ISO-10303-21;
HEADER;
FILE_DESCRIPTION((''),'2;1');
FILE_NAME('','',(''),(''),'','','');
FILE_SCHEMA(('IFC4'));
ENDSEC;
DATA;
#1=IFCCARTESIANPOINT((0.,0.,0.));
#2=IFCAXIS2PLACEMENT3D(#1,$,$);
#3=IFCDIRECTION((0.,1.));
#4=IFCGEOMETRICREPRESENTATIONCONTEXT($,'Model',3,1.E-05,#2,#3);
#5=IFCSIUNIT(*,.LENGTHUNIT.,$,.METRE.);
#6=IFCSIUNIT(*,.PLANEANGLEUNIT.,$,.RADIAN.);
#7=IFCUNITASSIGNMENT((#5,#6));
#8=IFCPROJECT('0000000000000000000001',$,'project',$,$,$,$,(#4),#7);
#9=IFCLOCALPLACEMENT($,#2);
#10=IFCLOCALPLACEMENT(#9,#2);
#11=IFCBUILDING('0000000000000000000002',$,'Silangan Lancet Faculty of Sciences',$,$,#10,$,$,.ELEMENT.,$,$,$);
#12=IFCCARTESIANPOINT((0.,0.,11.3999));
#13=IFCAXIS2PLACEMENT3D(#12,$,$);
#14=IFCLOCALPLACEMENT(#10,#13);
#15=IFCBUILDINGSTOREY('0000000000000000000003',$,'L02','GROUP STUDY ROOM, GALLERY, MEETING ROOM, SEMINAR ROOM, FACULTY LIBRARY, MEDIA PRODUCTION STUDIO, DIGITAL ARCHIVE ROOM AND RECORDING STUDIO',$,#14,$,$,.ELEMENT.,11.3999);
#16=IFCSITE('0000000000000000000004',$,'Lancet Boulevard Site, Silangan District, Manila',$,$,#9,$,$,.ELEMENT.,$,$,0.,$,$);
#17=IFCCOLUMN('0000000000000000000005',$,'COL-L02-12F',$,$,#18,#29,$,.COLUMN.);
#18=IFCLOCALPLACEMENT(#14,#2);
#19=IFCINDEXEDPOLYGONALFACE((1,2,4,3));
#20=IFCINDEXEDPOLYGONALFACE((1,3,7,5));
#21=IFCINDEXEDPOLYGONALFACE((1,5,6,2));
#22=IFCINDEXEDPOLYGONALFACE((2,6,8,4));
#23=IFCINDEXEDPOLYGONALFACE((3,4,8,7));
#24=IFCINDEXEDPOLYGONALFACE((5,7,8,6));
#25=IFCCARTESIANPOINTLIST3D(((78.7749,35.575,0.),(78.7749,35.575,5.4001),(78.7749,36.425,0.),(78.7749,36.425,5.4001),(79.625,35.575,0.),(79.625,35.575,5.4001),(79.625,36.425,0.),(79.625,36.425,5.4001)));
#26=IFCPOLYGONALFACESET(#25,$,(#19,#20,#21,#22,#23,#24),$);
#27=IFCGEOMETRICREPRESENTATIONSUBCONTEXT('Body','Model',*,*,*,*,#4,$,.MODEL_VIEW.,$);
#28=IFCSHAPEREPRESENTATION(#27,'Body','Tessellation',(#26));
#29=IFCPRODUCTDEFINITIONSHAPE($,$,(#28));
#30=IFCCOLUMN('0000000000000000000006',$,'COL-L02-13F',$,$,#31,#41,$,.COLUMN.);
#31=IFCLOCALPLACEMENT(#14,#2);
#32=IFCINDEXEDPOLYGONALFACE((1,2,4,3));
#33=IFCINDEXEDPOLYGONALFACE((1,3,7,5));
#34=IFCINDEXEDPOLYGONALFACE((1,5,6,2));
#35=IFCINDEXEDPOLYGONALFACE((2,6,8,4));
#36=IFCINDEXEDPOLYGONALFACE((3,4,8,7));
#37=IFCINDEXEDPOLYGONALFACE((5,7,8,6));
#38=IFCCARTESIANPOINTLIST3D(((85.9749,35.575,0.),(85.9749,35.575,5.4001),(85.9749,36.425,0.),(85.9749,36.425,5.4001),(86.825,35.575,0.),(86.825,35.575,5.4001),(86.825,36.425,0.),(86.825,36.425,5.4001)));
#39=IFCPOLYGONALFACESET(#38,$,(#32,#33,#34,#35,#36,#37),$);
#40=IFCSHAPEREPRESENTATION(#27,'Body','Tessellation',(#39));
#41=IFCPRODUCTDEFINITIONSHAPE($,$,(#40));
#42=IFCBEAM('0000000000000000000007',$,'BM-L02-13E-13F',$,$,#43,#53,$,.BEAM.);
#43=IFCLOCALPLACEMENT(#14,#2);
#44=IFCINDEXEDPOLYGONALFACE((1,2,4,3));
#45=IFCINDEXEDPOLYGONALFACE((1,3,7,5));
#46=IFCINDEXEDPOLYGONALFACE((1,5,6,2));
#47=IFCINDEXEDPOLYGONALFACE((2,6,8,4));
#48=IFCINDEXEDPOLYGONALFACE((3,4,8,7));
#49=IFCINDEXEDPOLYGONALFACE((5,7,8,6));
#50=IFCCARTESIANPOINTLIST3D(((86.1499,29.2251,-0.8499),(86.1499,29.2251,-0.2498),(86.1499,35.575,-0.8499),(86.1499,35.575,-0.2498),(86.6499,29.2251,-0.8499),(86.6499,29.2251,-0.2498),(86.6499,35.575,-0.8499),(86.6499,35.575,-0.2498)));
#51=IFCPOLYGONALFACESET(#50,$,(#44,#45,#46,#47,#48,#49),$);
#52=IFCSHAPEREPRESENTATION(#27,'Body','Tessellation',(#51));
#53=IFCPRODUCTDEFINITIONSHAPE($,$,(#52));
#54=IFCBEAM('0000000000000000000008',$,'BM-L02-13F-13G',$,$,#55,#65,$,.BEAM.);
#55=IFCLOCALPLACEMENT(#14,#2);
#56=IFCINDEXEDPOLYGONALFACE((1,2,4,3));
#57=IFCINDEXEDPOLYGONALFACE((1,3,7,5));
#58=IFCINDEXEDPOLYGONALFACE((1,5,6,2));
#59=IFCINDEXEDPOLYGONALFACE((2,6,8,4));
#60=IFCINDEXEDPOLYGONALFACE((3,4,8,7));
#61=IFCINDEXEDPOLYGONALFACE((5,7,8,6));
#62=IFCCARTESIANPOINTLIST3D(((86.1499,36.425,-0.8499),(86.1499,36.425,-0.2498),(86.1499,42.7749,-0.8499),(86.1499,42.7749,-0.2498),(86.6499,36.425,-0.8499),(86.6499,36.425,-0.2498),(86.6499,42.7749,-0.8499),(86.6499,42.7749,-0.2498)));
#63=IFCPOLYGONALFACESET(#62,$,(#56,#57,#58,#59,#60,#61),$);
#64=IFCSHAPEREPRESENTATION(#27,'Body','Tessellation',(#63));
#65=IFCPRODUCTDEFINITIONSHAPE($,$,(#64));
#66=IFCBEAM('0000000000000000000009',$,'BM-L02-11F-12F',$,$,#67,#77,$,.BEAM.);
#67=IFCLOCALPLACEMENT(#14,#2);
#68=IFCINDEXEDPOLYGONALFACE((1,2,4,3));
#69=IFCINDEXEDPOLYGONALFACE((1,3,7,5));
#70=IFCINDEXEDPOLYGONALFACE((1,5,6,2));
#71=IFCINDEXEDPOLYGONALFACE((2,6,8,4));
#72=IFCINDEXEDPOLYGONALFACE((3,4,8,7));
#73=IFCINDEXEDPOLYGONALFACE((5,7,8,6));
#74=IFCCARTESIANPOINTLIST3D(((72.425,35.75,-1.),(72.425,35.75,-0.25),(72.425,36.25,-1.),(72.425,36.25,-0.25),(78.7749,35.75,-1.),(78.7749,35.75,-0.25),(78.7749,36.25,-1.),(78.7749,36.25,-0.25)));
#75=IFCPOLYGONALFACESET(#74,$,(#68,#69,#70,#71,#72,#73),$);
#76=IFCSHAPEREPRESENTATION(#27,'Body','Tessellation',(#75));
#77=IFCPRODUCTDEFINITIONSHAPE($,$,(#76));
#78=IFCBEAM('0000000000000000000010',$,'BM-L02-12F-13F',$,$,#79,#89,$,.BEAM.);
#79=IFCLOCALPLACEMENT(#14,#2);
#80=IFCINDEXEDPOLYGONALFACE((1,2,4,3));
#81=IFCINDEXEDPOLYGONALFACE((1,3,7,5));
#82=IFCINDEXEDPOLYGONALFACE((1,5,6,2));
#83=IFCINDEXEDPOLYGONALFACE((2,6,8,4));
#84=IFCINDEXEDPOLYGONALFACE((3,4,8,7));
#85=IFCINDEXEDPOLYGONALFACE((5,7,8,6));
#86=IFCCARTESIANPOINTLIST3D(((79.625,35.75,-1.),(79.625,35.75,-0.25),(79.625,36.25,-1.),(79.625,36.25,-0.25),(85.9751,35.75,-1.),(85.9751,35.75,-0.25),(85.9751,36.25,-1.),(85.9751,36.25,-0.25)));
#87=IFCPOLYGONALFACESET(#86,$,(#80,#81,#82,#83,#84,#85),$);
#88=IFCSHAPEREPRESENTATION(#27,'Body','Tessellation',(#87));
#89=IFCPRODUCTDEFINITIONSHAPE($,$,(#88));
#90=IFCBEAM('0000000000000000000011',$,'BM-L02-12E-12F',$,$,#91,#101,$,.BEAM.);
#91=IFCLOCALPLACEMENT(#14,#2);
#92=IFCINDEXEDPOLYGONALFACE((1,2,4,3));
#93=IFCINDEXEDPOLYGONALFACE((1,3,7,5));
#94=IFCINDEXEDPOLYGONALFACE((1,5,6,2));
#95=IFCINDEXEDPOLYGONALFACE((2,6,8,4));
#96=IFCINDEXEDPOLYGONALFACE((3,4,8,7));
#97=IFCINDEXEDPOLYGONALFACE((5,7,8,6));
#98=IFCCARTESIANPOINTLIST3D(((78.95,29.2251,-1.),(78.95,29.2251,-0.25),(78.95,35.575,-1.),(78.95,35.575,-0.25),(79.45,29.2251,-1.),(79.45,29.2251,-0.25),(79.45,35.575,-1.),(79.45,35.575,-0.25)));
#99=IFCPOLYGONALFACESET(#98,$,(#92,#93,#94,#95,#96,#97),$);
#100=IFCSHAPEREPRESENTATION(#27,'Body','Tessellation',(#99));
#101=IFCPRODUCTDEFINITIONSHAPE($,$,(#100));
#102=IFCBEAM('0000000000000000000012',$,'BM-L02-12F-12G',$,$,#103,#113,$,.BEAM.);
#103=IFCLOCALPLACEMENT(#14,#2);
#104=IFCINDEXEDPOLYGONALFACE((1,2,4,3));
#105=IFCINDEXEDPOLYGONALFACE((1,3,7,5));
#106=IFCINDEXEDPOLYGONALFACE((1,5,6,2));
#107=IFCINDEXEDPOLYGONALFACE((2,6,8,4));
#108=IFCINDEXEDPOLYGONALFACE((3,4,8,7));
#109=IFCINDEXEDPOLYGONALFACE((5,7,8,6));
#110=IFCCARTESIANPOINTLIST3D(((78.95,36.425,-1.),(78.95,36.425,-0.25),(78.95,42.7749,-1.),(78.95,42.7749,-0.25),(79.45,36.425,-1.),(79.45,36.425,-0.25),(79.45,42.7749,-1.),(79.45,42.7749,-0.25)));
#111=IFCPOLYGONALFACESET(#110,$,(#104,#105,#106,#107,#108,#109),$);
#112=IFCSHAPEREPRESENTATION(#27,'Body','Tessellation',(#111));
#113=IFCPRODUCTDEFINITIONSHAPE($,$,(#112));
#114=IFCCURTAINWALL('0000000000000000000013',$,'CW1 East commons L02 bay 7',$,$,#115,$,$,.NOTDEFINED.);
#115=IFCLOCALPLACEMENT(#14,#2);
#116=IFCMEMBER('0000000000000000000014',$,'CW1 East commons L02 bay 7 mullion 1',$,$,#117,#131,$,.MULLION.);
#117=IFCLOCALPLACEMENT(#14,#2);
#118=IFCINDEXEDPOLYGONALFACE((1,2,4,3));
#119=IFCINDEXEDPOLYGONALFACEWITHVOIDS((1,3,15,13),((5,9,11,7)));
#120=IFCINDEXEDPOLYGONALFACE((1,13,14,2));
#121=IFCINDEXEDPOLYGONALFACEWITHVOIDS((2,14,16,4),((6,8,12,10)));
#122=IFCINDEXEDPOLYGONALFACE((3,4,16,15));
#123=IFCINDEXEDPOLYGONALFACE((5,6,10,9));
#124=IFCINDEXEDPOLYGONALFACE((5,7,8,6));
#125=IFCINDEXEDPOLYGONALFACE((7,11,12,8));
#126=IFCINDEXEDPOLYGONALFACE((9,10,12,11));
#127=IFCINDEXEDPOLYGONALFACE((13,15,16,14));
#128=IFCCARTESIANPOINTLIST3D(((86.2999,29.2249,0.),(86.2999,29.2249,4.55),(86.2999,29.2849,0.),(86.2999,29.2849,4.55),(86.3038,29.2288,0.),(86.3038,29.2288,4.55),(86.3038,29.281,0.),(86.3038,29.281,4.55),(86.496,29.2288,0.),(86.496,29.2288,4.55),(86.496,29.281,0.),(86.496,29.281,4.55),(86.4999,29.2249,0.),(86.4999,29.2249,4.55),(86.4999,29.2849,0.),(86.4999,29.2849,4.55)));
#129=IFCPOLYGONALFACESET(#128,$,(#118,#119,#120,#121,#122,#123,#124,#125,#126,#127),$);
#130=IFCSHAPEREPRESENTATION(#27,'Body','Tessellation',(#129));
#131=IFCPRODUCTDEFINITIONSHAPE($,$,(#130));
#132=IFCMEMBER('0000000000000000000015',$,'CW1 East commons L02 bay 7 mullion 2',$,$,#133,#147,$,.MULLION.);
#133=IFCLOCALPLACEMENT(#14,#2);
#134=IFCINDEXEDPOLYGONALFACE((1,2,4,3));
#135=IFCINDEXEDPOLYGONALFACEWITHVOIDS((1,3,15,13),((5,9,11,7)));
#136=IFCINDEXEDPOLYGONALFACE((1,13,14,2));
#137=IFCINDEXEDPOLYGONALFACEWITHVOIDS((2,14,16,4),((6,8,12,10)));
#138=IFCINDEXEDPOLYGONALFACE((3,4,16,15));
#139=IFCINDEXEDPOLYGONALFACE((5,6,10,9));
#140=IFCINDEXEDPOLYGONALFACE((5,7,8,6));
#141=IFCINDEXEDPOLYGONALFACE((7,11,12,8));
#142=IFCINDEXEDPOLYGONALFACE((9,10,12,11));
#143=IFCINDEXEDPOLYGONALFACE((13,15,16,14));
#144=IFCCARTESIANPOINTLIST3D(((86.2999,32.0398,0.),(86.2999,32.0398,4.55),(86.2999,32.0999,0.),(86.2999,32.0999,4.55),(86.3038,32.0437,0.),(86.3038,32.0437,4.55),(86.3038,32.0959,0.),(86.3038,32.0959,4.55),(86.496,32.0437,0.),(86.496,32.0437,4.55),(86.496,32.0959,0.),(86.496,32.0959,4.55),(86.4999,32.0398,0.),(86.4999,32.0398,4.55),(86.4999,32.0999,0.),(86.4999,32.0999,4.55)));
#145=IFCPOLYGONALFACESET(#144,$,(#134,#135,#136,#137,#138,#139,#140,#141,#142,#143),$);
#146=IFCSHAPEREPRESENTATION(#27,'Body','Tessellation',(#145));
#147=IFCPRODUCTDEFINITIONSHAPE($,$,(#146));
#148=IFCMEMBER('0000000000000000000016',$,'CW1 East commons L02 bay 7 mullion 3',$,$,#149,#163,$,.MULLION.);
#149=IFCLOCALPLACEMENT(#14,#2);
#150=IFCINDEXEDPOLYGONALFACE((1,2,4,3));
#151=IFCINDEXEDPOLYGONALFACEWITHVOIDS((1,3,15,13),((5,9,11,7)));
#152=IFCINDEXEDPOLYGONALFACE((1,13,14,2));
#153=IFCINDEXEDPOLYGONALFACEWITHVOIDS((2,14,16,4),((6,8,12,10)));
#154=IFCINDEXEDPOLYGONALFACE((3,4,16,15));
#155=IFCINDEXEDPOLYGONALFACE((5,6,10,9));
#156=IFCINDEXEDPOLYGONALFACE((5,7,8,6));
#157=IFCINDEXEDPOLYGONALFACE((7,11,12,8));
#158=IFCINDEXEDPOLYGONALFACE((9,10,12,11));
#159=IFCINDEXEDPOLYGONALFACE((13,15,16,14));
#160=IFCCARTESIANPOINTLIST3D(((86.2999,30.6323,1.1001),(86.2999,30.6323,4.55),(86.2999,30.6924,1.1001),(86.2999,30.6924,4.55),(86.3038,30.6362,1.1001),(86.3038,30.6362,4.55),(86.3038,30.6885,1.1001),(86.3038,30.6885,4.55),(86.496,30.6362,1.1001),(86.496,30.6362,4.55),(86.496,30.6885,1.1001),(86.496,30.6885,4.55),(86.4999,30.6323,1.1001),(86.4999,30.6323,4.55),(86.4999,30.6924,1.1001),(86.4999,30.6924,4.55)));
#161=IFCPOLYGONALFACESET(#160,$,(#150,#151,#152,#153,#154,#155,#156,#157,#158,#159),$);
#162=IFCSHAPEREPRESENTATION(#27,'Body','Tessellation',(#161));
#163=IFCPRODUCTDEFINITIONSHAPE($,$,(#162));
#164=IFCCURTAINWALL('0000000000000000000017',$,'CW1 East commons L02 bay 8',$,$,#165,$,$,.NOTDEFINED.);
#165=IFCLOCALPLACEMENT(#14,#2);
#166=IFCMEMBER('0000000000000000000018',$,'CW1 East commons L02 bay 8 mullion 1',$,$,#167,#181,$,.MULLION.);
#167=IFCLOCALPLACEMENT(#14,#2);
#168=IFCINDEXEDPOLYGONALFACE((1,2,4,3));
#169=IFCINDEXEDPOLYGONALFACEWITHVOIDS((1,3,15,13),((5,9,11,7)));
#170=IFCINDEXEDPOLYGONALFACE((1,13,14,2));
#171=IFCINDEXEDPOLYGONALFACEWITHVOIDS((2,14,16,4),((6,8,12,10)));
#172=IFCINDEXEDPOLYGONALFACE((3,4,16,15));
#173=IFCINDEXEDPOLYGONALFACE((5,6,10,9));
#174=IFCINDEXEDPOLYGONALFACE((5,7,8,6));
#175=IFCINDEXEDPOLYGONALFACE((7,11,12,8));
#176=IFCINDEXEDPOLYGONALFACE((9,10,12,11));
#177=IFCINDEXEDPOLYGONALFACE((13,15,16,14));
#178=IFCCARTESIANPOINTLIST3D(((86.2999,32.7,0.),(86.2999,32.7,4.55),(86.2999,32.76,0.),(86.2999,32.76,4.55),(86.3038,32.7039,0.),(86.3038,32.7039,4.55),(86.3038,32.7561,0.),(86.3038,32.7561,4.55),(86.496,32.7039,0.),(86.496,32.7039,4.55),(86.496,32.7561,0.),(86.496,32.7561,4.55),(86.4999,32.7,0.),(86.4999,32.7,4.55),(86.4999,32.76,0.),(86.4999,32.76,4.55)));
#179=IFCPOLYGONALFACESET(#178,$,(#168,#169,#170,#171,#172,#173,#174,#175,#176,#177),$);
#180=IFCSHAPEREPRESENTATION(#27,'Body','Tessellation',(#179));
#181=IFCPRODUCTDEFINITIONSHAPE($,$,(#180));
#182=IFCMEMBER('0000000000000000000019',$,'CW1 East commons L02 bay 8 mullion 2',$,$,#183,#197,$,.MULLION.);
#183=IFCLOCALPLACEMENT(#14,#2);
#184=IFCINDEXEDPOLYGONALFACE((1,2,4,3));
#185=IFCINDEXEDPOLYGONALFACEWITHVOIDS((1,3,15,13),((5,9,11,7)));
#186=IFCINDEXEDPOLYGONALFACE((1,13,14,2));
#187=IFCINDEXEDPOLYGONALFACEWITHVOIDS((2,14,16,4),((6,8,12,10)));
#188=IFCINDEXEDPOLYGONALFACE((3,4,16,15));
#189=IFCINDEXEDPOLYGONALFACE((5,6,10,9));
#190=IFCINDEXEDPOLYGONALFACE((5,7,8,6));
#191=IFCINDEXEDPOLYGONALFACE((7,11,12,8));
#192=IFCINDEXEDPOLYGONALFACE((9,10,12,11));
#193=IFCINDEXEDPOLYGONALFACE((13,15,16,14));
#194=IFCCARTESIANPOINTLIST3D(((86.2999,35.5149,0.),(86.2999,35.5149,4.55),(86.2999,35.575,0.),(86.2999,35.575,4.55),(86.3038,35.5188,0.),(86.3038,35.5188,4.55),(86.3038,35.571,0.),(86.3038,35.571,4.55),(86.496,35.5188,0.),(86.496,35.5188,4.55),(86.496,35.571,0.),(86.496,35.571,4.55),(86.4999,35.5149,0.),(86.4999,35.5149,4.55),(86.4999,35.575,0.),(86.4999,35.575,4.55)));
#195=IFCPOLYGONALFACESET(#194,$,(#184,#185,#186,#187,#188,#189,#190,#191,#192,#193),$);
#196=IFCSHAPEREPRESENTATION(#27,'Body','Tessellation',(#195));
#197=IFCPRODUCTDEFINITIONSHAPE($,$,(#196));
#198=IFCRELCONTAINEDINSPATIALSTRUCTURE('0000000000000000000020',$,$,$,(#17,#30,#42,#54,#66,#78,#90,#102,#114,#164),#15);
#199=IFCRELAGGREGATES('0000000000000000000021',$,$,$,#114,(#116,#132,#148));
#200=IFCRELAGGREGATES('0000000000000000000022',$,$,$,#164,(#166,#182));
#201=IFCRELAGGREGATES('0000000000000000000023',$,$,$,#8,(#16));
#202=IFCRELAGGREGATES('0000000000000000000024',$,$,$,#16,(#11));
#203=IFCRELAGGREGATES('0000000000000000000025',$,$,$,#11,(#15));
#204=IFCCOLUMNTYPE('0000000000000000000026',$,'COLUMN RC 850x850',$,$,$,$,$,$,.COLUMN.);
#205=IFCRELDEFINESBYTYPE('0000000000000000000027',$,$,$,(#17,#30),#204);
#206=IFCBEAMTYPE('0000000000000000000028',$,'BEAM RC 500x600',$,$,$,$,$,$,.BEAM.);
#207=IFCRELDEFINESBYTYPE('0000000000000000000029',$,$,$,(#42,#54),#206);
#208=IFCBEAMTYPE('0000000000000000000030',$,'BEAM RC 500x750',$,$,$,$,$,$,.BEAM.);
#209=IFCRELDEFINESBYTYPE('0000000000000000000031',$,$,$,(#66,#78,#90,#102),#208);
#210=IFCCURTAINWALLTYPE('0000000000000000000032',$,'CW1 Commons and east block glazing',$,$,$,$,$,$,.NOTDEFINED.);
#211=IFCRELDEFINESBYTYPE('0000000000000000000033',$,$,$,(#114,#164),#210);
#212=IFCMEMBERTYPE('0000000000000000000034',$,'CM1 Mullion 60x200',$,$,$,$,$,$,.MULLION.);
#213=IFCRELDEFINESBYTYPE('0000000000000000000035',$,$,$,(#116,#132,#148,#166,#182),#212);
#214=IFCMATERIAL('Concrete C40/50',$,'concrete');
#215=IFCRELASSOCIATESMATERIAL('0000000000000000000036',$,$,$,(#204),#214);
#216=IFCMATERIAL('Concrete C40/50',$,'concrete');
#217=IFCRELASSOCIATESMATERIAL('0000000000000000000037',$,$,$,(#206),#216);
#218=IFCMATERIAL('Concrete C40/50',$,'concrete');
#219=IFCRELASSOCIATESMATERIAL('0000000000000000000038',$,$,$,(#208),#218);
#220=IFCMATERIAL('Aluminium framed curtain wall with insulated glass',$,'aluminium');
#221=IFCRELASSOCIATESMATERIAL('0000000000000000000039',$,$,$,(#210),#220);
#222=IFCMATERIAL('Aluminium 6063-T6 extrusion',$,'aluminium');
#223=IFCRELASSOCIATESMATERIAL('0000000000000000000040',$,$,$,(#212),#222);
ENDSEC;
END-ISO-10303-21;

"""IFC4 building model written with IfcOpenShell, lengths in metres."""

from ifc_helpers import new_model, si_unit, direction, frame, origin, origin_2d, place, context, subcontext, project, spatial, rectangle, hollow_rectangle, extrude, material, material_profile, profile_set, type_object, element, aggregate, save


model = new_model("IFC4")

# Units and contexts
model_context = context("Model", 3, precision=1e-05, world=origin(), true_north=direction((0.0, 1.0)))
body_context = subcontext(model_context, "Body", "Model", "MODEL_VIEW")
ifc_project = project(units=[si_unit("LENGTHUNIT", "METRE"), si_unit("PLANEANGLEUNIT", "RADIAN")], contexts=[model_context])

# Site, building, storey
site_placement = place(None, origin())
site = spatial("IfcSite", under=ifc_project, at=site_placement, Name="Lancet Boulevard Site, Silangan District, Manila", CompositionType="ELEMENT", RefElevation=0.0)
building_placement = place(site_placement, origin())
building = spatial("IfcBuilding", under=site, at=building_placement, Name="Silangan Lancet Faculty of Sciences", CompositionType="ELEMENT")
storey_placement = place(building_placement, frame((0.0, 0.0, 11.3999)))
storey = spatial("IfcBuildingStorey", under=building, at=storey_placement, Name="L02", Description="GROUP STUDY ROOM, GALLERY, MEETING ROOM, SEMINAR ROOM, FACULTY LIBRARY, MEDIA PRODUCTION STUDIO, DIGITAL ARCHIVE ROOM AND RECORDING STUDIO", CompositionType="ELEMENT", Elevation=11.3999)

# Columns
ifc_material_1 = material(Name="Concrete C40/50", Category="concrete")
ifc_material_profile_1 = material_profile(ifc_material_1, rectangle(XDim=0.8501, YDim=0.8501, at=origin_2d()), Name="RC 850x850")
ifc_profile_set_1 = profile_set([ifc_material_profile_1], Name="Concrete C40/50")
column_type = type_object("IfcColumnType", Name="COLUMN RC 850x850", PredefinedType="COLUMN", material=ifc_profile_set_1)
for number, where, z_axis, x_axis, name in (
    (1, (79.2, 36.0, 0.0), (0.0, 0.0, 1.0), (1.0, 0.0, 0.0), "COL-L02-12F"),
    (2, (86.3999, 36.0, 0.0), (0.0, 0.0, 1.0), (1.0, 0.0, 0.0), "COL-L02-13F"),
):
    element("IfcColumn", number, at=place(storey_placement, frame(where, z_axis=z_axis, x_axis=x_axis)), inside=storey, type_object=column_type, Name=name, PredefinedType="COLUMN", context=body_context, shape_type="SweptSolid", body=[
        extrude(rectangle(XDim=0.8501, YDim=0.8501, at=origin_2d()), origin(), (0.0, 0.0, 1.0), 5.4001),
    ])

# Beams
ifc_material_2 = material(Name="Concrete C40/50", Category="concrete")
ifc_material_profile_2 = material_profile(ifc_material_2, rectangle(XDim=0.5, YDim=0.6001, at=origin_2d()), Name="RC 500x600")
ifc_profile_set_2 = profile_set([ifc_material_profile_2], Name="Concrete C40/50")
beam_type_1 = type_object("IfcBeamType", Name="BEAM RC 500x600", PredefinedType="BEAM", material=ifc_profile_set_2)
for number, where, z_axis, x_axis, name in (
    (3, (86.3999, 29.2251, -0.5498), (0.0, 1.0, 0.0), (-1.0, 0.0, 0.0), "BM-L02-13E-13F"),
    (4, (86.3999, 36.425, -0.5498), (0.0, 1.0, 0.0), (-1.0, 0.0, 0.0), "BM-L02-13F-13G"),
):
    element("IfcBeam", number, at=place(storey_placement, frame(where, z_axis=z_axis, x_axis=x_axis)), inside=storey, type_object=beam_type_1, Name=name, PredefinedType="BEAM", context=body_context, shape_type="SweptSolid", body=[
        extrude(rectangle(XDim=0.5, YDim=0.6001, at=origin_2d()), origin(), (0.0, 0.0, 1.0), 6.3499),
    ])
ifc_material_3 = material(Name="Concrete C40/50", Category="concrete")
ifc_material_profile_3 = material_profile(ifc_material_3, rectangle(XDim=0.5, YDim=0.75, at=origin_2d()), Name="RC 500x750")
ifc_profile_set_3 = profile_set([ifc_material_profile_3], Name="Concrete C40/50")
beam_type_2 = type_object("IfcBeamType", Name="BEAM RC 500x750", PredefinedType="BEAM", material=ifc_profile_set_3)
beam_1_placement = place(storey_placement, frame((72.425, 36.0, -0.625), z_axis=(1.0, 0.0, 0.0), x_axis=(0.0, 1.0, 0.0)))
element("IfcBeam", 5, at=beam_1_placement, inside=storey, type_object=beam_type_2, Name="BM-L02-11F-12F", PredefinedType="BEAM", context=body_context, shape_type="SweptSolid", body=[
    extrude(rectangle(XDim=0.5, YDim=0.75, at=origin_2d()), origin(), (0.0, 0.0, 1.0), 6.3499),
])
beam_2_placement = place(storey_placement, frame((79.625, 36.0, -0.625), z_axis=(1.0, 0.0, 0.0), x_axis=(0.0, 1.0, 0.0)))
element("IfcBeam", 6, at=beam_2_placement, inside=storey, type_object=beam_type_2, Name="BM-L02-12F-13F", PredefinedType="BEAM", context=body_context, shape_type="SweptSolid", body=[
    extrude(rectangle(XDim=0.5, YDim=0.75, at=origin_2d()), origin(), (0.0, 0.0, 1.0), 6.3501),
])
for number, where, z_axis, x_axis, name in (
    (7, (79.2, 29.2251, -0.625), (0.0, 1.0, 0.0), (-1.0, 0.0, 0.0), "BM-L02-12E-12F"),
    (8, (79.2, 36.425, -0.625), (0.0, 1.0, 0.0), (-1.0, 0.0, 0.0), "BM-L02-12F-12G"),
):
    element("IfcBeam", number, at=place(storey_placement, frame(where, z_axis=z_axis, x_axis=x_axis)), inside=storey, type_object=beam_type_2, Name=name, PredefinedType="BEAM", context=body_context, shape_type="SweptSolid", body=[
        extrude(rectangle(XDim=0.5, YDim=0.75, at=origin_2d()), origin(), (0.0, 0.0, 1.0), 6.3499),
    ])

# Curtain walls, members
ifc_material_4 = material(Name="Aluminium framed curtain wall with insulated glass", Category="aluminium")
curtain_wall_type = type_object("IfcCurtainWallType", Name="CW1 Commons and east block glazing", PredefinedType="NOTDEFINED", material=ifc_material_4)
curtain_wall_1_placement = place(storey_placement, origin())
curtain_wall_1 = element("IfcCurtainWall", 9, at=curtain_wall_1_placement, inside=storey, type_object=curtain_wall_type, Name="CW1 East commons L02 bay 7", PredefinedType="NOTDEFINED")
ifc_material_5 = material(Name="Aluminium 6063-T6 extrusion", Category="aluminium")
ifc_material_profile_4 = material_profile(ifc_material_5, hollow_rectangle(XDim=0.0601, YDim=0.2, WallThickness=0.0039, at=origin_2d()), Name="AL BOX 60x200x4")
ifc_profile_set_4 = profile_set([ifc_material_profile_4], Name="Aluminium 6063-T6 extrusion")
member_type_1 = type_object("IfcMemberType", Name="CM1 Mullion 60x200", PredefinedType="MULLION", material=ifc_profile_set_4)
member_1_placement = place(storey_placement, frame((86.3999, 29.2549, 0.0), z_axis=(0.0, 0.0, 1.0), x_axis=(0.0, 1.0, 0.0)))
member_1 = element("IfcMember", 10, at=member_1_placement, type_object=member_type_1, Name="CW1 East commons L02 bay 7 mullion 1", PredefinedType="MULLION", context=body_context, shape_type="SweptSolid", body=[
    extrude(hollow_rectangle(XDim=0.0601, YDim=0.2, WallThickness=0.0039, at=origin_2d()), origin(), (0.0, 0.0, 1.0), 4.55),
])
member_2_placement = place(storey_placement, frame((86.3999, 32.0698, 0.0), z_axis=(0.0, 0.0, 1.0), x_axis=(0.0, 1.0, 0.0)))
member_2 = element("IfcMember", 11, at=member_2_placement, type_object=member_type_1, Name="CW1 East commons L02 bay 7 mullion 2", PredefinedType="MULLION", context=body_context, shape_type="SweptSolid", body=[
    extrude(hollow_rectangle(XDim=0.0601, YDim=0.2, WallThickness=0.0039, at=origin_2d()), origin(), (0.0, 0.0, 1.0), 4.55),
])
member_3_placement = place(storey_placement, frame((86.3999, 30.6624, 1.1001), z_axis=(0.0, 0.0, 1.0), x_axis=(0.0, 1.0, 0.0)))
member_3 = element("IfcMember", 12, at=member_3_placement, type_object=member_type_1, Name="CW1 East commons L02 bay 7 mullion 3", PredefinedType="MULLION", context=body_context, shape_type="SweptSolid", body=[
    extrude(hollow_rectangle(XDim=0.0601, YDim=0.2, WallThickness=0.0039, at=origin_2d()), origin(), (0.0, 0.0, 1.0), 3.45),
])
curtain_wall_2_placement = place(storey_placement, origin())
curtain_wall_2 = element("IfcCurtainWall", 13, at=curtain_wall_2_placement, inside=storey, type_object=curtain_wall_type, Name="CW1 East commons L02 bay 8", PredefinedType="NOTDEFINED")
member_4_placement = place(storey_placement, frame((86.3999, 32.73, 0.0), z_axis=(0.0, 0.0, 1.0), x_axis=(0.0, 1.0, 0.0)))
member_4 = element("IfcMember", 14, at=member_4_placement, type_object=member_type_1, Name="CW1 East commons L02 bay 8 mullion 1", PredefinedType="MULLION", context=body_context, shape_type="SweptSolid", body=[
    extrude(hollow_rectangle(XDim=0.0601, YDim=0.2, WallThickness=0.0039, at=origin_2d()), origin(), (0.0, 0.0, 1.0), 4.55),
])
member_5_placement = place(storey_placement, frame((86.3999, 35.5449, 0.0), z_axis=(0.0, 0.0, 1.0), x_axis=(0.0, 1.0, 0.0)))
member_5 = element("IfcMember", 15, at=member_5_placement, type_object=member_type_1, Name="CW1 East commons L02 bay 8 mullion 2", PredefinedType="MULLION", context=body_context, shape_type="SweptSolid", body=[
    extrude(hollow_rectangle(XDim=0.0601, YDim=0.2, WallThickness=0.0039, at=origin_2d()), origin(), (0.0, 0.0, 1.0), 4.55),
])

aggregate(curtain_wall_1, [member_1, member_2, member_3])
aggregate(curtain_wall_2, [member_4, member_5])

save(model, "model.ifc")
